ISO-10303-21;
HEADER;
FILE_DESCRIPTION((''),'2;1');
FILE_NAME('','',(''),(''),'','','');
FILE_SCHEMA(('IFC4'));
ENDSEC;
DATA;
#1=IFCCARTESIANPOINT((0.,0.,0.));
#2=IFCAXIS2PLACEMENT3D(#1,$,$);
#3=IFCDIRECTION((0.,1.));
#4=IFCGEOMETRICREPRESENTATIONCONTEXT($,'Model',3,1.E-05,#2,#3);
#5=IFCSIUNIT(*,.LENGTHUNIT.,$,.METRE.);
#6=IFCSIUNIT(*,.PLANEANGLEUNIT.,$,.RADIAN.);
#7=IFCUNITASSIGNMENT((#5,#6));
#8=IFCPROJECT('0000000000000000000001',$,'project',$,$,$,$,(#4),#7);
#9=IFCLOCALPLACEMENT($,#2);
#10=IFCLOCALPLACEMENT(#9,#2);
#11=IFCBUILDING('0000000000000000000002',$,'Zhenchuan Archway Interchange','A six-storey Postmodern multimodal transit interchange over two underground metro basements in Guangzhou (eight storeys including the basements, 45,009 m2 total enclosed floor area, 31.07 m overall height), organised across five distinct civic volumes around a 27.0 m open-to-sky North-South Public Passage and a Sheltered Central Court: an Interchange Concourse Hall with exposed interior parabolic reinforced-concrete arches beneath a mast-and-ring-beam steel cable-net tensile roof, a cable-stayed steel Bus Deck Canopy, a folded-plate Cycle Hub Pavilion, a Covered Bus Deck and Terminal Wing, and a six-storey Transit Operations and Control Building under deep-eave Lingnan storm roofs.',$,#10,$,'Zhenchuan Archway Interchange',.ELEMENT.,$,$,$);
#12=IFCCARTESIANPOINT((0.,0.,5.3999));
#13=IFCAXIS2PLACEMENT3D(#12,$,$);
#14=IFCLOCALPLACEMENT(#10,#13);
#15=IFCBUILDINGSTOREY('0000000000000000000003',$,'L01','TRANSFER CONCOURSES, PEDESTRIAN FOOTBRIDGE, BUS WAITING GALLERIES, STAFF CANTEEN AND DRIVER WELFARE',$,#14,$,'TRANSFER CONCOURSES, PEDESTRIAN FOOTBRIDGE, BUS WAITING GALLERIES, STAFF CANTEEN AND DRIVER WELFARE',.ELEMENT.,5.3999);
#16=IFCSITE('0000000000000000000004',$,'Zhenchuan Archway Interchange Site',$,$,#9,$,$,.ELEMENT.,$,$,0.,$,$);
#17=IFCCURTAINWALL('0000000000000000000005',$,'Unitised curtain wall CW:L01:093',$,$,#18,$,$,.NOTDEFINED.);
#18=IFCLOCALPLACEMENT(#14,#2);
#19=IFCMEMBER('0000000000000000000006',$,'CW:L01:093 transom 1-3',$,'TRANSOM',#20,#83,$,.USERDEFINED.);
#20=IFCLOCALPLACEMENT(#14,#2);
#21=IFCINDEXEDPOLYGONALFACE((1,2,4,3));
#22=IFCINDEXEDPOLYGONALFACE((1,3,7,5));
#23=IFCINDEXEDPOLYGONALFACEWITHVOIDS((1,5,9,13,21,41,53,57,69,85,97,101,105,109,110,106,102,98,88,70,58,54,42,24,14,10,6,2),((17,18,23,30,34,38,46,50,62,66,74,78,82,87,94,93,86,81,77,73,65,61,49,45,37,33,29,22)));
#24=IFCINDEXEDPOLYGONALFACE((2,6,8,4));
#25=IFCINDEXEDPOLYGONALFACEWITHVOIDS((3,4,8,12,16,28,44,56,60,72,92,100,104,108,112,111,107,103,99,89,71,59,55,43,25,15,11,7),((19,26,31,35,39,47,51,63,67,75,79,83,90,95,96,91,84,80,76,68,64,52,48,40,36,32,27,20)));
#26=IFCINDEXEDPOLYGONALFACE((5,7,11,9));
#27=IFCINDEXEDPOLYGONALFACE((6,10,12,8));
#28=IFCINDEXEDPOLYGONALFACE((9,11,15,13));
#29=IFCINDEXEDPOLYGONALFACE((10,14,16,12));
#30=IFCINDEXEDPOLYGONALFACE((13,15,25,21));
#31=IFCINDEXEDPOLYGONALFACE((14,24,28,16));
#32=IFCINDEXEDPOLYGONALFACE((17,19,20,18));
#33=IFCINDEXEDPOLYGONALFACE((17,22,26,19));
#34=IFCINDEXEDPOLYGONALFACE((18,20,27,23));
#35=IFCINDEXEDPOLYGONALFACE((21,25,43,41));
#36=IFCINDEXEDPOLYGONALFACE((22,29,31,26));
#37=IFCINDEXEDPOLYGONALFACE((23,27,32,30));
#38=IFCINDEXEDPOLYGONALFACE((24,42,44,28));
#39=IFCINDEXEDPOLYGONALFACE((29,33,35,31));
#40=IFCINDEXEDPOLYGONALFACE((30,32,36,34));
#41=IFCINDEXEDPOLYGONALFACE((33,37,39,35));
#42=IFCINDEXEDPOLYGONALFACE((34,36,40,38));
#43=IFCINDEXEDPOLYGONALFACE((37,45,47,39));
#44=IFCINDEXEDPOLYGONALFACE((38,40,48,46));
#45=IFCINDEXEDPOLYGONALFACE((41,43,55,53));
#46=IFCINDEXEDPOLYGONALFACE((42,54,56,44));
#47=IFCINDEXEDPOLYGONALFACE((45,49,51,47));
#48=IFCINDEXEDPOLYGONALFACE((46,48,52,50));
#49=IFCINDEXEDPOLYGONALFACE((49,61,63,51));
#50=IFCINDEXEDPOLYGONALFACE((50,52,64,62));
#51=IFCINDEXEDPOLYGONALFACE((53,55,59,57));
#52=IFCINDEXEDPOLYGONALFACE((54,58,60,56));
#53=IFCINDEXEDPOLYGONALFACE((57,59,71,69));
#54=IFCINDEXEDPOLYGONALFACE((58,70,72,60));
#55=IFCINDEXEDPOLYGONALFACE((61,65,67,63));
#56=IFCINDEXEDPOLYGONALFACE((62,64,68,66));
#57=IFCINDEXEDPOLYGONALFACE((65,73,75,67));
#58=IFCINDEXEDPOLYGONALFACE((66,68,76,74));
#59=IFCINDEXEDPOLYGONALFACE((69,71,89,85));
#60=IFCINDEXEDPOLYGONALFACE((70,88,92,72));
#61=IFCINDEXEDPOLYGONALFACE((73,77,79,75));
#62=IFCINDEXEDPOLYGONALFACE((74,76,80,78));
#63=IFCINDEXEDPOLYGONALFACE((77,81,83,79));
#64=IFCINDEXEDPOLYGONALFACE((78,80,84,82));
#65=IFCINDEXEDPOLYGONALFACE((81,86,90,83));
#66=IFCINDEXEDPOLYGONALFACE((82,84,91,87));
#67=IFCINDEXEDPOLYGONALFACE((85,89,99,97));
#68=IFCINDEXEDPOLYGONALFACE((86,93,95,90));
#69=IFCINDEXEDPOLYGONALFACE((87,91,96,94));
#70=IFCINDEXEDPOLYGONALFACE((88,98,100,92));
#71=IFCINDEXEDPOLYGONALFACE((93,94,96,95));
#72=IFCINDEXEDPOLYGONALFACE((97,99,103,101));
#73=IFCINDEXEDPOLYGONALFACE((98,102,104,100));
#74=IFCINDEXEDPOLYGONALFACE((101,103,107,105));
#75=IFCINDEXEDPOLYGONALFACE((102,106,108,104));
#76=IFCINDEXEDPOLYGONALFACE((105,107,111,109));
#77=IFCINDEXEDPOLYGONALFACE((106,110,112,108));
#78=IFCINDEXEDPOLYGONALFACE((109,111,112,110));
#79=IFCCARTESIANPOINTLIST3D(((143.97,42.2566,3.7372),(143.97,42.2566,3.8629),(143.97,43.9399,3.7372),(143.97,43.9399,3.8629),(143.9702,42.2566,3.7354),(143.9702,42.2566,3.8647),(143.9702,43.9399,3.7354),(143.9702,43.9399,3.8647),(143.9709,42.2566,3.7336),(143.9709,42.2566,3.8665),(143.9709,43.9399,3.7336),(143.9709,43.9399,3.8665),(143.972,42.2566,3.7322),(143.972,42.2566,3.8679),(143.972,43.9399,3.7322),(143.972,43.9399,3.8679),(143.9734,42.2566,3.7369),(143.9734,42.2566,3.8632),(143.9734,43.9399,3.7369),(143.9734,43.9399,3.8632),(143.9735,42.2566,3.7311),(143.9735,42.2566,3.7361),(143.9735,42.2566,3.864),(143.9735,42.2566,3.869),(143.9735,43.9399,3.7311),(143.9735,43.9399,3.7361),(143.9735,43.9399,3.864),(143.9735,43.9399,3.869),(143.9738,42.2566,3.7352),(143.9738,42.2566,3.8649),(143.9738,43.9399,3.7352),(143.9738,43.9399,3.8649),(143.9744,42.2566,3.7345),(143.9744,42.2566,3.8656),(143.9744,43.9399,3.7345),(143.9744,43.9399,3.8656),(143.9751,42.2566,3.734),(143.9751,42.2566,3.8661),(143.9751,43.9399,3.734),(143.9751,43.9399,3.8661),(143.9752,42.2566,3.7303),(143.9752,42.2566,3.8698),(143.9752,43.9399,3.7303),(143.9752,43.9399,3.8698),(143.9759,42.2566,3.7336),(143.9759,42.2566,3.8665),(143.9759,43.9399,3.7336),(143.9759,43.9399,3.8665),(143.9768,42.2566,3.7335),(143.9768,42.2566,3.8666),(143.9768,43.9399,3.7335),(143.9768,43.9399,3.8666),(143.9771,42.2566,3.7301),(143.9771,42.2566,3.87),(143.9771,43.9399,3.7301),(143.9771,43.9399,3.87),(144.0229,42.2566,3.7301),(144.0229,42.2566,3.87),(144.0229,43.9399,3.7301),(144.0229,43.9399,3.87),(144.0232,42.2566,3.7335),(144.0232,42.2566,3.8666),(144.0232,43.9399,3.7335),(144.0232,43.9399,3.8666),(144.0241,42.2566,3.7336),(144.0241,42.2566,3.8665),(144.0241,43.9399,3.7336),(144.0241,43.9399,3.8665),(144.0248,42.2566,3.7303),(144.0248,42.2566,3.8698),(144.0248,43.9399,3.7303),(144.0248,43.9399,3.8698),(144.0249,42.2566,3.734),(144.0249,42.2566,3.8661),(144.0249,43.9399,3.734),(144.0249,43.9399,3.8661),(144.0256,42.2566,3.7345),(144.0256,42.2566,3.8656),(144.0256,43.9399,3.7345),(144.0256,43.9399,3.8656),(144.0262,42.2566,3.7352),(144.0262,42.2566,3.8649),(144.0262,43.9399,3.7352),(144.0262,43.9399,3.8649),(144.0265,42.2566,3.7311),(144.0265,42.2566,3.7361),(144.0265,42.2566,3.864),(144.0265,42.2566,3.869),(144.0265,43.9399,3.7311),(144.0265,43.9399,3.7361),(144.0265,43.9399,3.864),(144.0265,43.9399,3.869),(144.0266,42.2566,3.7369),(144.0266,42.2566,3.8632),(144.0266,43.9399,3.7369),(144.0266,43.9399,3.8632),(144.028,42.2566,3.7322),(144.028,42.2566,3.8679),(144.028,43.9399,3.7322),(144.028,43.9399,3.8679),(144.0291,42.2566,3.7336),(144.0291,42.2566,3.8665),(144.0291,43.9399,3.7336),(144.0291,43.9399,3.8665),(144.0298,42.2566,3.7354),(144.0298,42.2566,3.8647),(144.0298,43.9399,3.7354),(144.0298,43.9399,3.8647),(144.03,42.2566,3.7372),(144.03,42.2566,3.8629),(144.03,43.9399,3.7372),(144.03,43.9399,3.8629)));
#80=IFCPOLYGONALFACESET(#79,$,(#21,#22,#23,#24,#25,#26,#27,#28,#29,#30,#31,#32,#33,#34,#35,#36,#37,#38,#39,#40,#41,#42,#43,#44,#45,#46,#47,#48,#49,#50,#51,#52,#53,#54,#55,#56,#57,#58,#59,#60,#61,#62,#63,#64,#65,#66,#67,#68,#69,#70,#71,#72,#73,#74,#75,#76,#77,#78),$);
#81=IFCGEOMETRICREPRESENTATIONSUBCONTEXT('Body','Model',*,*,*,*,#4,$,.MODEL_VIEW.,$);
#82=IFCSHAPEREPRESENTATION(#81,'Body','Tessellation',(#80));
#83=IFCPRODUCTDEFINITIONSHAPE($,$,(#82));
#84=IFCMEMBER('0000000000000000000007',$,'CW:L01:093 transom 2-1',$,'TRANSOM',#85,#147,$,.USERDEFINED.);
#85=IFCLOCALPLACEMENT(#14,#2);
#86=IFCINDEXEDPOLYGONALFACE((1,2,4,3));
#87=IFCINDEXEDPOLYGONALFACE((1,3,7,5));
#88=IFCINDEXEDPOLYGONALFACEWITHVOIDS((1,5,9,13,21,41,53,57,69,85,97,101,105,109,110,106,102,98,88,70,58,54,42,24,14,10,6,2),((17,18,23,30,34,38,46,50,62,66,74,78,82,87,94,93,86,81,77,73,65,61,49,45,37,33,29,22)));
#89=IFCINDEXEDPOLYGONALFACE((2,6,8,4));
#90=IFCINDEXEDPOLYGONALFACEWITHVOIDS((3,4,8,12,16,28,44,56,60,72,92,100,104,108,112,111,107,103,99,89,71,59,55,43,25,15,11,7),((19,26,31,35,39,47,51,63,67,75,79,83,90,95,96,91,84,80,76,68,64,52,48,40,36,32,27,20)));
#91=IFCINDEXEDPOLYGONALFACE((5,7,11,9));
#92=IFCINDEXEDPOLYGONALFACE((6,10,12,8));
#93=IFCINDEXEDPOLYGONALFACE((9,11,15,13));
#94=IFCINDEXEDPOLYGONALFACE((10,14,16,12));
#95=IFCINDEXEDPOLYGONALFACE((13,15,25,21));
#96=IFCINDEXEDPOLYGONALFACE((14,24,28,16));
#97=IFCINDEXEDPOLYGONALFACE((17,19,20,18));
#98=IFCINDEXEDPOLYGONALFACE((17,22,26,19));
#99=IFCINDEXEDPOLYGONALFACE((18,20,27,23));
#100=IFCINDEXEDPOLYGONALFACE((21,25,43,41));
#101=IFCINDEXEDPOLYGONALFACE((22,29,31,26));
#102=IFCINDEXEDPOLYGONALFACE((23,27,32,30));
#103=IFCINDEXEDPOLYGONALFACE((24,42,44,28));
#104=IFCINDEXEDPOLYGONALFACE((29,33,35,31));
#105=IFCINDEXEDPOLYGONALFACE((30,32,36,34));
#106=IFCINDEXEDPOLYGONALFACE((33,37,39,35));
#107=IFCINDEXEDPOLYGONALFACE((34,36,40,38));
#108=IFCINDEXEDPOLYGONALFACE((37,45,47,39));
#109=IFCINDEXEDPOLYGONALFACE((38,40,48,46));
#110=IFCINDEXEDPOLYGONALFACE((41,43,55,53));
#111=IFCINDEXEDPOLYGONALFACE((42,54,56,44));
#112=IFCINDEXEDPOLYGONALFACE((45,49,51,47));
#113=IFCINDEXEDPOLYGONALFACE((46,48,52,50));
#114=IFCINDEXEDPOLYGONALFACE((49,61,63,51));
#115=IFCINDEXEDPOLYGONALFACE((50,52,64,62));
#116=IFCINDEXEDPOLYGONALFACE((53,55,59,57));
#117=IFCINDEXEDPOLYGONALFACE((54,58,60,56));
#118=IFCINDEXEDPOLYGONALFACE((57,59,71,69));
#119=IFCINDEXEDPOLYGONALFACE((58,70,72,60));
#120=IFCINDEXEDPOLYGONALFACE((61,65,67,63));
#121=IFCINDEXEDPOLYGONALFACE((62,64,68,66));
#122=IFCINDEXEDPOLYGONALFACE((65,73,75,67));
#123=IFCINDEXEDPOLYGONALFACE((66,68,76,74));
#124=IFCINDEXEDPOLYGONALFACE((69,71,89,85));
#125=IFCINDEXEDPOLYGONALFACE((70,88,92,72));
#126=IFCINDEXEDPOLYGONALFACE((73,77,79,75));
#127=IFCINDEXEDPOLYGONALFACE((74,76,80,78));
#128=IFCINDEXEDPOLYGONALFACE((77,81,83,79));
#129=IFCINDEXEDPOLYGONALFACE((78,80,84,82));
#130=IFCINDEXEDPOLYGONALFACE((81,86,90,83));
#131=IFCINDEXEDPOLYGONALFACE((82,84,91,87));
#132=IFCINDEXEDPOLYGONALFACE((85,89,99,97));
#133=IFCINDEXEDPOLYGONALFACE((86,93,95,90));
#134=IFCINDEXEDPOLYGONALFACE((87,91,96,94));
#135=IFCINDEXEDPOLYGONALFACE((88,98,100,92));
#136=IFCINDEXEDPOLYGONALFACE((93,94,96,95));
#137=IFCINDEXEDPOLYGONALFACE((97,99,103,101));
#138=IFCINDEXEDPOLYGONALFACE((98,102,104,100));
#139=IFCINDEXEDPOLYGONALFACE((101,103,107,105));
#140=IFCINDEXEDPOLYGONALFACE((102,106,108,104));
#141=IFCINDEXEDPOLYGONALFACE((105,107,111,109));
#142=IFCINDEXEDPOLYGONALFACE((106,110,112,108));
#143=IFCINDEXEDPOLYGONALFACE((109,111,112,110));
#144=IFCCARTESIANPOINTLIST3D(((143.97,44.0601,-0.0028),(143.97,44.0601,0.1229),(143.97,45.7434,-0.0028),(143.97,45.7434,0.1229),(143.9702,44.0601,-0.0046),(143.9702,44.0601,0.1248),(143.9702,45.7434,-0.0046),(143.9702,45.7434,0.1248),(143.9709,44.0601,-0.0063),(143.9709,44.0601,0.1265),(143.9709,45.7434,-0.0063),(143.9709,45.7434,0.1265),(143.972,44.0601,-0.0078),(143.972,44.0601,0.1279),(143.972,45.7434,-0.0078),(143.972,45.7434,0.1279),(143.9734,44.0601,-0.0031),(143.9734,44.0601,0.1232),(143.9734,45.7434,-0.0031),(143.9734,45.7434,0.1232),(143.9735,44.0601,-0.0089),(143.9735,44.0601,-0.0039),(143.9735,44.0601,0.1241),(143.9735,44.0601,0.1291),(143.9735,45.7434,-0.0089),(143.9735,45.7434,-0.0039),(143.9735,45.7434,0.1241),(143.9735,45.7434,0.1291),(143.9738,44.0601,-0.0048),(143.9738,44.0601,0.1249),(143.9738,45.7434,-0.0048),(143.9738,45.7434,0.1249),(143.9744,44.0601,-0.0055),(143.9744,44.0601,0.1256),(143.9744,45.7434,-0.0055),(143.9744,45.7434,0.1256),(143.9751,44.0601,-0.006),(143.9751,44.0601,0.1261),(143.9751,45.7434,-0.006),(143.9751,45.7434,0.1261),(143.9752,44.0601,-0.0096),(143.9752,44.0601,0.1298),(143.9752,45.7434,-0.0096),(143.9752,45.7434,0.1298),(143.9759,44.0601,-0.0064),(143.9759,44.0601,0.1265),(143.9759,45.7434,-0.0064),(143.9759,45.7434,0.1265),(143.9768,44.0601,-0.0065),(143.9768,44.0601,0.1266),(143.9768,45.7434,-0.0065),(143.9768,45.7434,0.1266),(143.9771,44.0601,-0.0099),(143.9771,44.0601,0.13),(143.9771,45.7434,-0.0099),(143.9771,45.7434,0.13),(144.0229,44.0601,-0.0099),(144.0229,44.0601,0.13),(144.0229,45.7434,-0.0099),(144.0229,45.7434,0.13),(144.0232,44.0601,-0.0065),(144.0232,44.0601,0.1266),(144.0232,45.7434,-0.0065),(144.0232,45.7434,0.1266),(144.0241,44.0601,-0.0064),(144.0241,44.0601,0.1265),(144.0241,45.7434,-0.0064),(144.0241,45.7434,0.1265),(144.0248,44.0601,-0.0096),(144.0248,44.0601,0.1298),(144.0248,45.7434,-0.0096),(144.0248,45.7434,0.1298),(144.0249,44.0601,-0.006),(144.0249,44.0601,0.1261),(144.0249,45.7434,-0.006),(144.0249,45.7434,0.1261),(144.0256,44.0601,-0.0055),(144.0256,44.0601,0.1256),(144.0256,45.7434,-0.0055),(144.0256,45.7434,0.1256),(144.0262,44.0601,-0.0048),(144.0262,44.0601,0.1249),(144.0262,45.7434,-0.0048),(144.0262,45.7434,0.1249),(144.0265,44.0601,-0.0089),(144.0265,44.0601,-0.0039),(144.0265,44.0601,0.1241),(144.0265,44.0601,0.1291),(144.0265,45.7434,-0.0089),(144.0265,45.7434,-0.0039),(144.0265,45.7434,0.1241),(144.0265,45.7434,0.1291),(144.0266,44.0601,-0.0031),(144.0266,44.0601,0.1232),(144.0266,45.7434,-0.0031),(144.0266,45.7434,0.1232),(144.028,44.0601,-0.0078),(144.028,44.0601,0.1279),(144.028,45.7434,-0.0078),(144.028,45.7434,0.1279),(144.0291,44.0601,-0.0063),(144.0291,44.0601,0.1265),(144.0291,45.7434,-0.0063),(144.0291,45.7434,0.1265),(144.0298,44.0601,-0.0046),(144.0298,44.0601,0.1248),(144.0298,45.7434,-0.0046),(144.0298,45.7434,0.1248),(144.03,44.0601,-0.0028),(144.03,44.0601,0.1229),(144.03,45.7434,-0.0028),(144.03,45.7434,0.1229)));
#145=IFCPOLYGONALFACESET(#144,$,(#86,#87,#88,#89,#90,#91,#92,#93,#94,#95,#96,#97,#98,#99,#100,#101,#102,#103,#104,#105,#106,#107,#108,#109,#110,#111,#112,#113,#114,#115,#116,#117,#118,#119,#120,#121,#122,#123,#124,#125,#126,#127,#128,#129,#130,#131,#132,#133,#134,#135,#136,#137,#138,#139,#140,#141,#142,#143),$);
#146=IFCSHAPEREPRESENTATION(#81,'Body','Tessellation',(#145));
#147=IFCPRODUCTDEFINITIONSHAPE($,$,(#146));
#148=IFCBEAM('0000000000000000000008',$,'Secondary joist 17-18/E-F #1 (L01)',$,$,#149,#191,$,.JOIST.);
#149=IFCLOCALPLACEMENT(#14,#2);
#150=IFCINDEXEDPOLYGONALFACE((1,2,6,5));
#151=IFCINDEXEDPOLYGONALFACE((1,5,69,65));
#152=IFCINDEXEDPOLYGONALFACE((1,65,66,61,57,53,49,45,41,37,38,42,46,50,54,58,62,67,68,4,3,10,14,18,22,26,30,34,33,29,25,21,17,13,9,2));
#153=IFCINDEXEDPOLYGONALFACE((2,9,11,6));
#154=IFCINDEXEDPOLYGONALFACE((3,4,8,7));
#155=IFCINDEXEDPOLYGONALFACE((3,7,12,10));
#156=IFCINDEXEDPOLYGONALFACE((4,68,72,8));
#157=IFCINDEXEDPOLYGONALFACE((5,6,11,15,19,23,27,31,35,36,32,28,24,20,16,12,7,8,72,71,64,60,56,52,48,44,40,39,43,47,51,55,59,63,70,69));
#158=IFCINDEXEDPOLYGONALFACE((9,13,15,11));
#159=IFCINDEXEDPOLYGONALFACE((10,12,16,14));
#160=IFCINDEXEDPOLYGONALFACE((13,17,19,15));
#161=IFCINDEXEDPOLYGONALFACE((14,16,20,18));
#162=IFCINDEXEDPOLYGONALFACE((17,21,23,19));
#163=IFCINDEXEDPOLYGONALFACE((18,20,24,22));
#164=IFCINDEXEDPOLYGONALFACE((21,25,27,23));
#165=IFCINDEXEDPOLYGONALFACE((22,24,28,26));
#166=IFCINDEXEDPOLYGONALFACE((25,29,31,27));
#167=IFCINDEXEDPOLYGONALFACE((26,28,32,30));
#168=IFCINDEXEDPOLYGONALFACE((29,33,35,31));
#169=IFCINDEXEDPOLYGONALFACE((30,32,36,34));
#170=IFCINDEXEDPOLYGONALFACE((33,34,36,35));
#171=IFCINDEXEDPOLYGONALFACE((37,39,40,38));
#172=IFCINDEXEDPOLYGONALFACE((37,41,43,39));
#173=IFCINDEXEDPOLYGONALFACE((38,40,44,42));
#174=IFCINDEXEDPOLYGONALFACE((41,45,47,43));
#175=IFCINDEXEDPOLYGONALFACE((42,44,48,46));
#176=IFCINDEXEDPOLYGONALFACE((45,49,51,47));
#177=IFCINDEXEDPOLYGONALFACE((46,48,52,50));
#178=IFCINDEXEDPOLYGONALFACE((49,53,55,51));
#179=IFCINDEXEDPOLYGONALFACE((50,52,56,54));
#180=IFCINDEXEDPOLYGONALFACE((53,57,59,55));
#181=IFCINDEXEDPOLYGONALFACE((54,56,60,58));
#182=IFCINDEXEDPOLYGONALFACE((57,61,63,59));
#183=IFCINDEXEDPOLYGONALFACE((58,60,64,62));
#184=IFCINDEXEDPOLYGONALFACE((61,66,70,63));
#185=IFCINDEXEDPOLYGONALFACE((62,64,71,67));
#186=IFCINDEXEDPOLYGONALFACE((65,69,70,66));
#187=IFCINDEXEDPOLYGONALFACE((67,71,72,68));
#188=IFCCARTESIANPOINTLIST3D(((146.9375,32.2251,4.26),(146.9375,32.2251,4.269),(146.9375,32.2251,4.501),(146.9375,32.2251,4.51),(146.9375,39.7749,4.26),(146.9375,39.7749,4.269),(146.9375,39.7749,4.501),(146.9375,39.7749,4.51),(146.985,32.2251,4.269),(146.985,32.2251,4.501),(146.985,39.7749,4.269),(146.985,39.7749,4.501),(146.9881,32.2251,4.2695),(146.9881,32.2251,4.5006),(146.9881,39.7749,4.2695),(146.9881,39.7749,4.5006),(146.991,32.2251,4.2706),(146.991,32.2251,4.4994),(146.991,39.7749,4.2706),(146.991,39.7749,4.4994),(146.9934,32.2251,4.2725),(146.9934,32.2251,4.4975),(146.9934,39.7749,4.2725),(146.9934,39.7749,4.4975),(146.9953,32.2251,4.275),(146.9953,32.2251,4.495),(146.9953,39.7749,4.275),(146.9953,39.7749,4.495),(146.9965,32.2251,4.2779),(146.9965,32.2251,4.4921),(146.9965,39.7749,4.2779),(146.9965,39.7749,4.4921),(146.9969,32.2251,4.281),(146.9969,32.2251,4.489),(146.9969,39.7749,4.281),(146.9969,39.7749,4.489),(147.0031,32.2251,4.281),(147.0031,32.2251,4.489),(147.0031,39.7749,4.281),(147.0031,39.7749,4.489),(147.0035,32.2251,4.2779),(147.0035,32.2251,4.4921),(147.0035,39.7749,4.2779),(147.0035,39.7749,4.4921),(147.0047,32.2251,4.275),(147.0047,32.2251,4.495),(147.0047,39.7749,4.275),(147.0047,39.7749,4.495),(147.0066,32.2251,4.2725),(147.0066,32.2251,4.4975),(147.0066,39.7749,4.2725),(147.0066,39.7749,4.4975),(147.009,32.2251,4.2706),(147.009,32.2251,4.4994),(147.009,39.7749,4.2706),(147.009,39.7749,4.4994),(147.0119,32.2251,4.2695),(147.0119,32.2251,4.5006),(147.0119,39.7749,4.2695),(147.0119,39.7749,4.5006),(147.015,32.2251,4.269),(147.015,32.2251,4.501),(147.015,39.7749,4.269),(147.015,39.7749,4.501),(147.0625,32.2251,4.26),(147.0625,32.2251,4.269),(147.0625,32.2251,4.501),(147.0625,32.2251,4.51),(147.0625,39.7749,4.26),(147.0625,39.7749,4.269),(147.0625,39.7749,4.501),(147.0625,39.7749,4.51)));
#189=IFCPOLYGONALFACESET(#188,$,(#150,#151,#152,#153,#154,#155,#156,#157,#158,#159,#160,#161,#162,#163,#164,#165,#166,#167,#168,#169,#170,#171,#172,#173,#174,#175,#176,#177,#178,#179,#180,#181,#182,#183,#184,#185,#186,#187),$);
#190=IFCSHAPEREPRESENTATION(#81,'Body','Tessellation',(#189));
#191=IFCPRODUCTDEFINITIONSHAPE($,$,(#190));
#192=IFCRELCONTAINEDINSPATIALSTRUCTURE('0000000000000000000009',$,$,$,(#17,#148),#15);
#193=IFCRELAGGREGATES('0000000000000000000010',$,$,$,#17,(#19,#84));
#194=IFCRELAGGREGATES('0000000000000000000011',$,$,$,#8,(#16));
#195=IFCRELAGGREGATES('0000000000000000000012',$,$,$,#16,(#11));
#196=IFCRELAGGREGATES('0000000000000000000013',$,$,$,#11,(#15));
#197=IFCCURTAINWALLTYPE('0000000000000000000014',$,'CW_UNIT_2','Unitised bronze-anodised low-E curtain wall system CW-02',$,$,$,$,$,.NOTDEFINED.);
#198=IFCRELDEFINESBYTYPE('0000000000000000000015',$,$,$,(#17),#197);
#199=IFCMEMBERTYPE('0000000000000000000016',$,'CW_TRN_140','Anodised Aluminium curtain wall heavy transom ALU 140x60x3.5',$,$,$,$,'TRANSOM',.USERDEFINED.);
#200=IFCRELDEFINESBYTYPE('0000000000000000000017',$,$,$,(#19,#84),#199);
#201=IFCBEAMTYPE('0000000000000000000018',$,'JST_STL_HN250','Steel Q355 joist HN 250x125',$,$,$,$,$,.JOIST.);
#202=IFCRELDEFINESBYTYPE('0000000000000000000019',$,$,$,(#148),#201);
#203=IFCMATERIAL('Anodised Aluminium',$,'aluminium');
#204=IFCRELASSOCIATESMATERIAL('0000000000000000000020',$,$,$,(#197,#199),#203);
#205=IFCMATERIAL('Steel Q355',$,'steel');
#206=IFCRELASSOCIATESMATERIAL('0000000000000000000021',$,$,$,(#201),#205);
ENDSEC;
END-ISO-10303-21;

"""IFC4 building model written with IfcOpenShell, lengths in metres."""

from ifc_helpers import new_model, si_unit, direction, frame, origin, origin_2d, place, context, subcontext, project, spatial, hollow_rectangle, i_section, extrude, material, material_profile, profile_set, type_object, element, aggregate, save


model = new_model("IFC4")

# Units and contexts
model_context = context("Model", 3, precision=1e-05, world=origin(), true_north=direction((0.0, 1.0)))
body_context = subcontext(model_context, "Body", "Model", "MODEL_VIEW")
ifc_project = project(units=[si_unit("LENGTHUNIT", "METRE"), si_unit("PLANEANGLEUNIT", "RADIAN")], contexts=[model_context])

# Site, building, storey
site_placement = place(None, origin())
site = spatial("IfcSite", under=ifc_project, at=site_placement, Name="Zhenchuan Archway Interchange Site", CompositionType="ELEMENT", RefElevation=0.0)
building_placement = place(site_placement, origin())
building = spatial("IfcBuilding", under=site, at=building_placement, Name="Zhenchuan Archway Interchange", Description="A six-storey Postmodern multimodal transit interchange over two underground metro basements in Guangzhou (eight storeys including the basements, 45,009 m2 total enclosed floor area, 31.07 m overall height), organised across five distinct civic volumes around a 27.0 m open-to-sky North-South Public Passage and a Sheltered Central Court: an Interchange Concourse Hall with exposed interior parabolic reinforced-concrete arches beneath a mast-and-ring-beam steel cable-net tensile roof, a cable-stayed steel Bus Deck Canopy, a folded-plate Cycle Hub Pavilion, a Covered Bus Deck and Terminal Wing, and a six-storey Transit Operations and Control Building under deep-eave Lingnan storm roofs.", LongName="Zhenchuan Archway Interchange", CompositionType="ELEMENT")
storey_placement = place(building_placement, frame((0.0, 0.0, 5.3999)))
storey = spatial("IfcBuildingStorey", under=building, at=storey_placement, Name="L01", Description="TRANSFER CONCOURSES, PEDESTRIAN FOOTBRIDGE, BUS WAITING GALLERIES, STAFF CANTEEN AND DRIVER WELFARE", LongName="TRANSFER CONCOURSES, PEDESTRIAN FOOTBRIDGE, BUS WAITING GALLERIES, STAFF CANTEEN AND DRIVER WELFARE", CompositionType="ELEMENT", Elevation=5.3999)

# Curtain wall, members
ifc_material_1 = material(Name="Anodised Aluminium", Category="aluminium")
curtain_wall_type = type_object("IfcCurtainWallType", Name="CW_UNIT_2", Description="Unitised bronze-anodised low-E curtain wall system CW-02", PredefinedType="NOTDEFINED", material=ifc_material_1)
curtain_wall_placement = place(storey_placement, origin())
curtain_wall = element("IfcCurtainWall", 1, at=curtain_wall_placement, inside=storey, type_object=curtain_wall_type, Name="Unitised curtain wall CW:L01:093", PredefinedType="NOTDEFINED")
ifc_material_profile_1 = material_profile(ifc_material_1, hollow_rectangle(XDim=0.0601, YDim=0.1399, WallThickness=0.0034, InnerFilletRadius=0.0034, OuterFilletRadius=0.0071, at=origin_2d()), Name="ALU 140x60x3.5")
ifc_profile_set_1 = profile_set([ifc_material_profile_1], Name="Anodised Aluminium")
member_type_1 = type_object("IfcMemberType", Name="CW_TRN_140", Description="Anodised Aluminium curtain wall heavy transom ALU 140x60x3.5", ElementType="TRANSOM", PredefinedType="USERDEFINED", material=ifc_profile_set_1)
member_1_placement = place(storey_placement, frame((144.0, 42.2566, 3.8), z_axis=(0.0, 1.0, 0.0), x_axis=(-1.0, 0.0, 0.0)))
member_1 = element("IfcMember", 2, at=member_1_placement, type_object=member_type_1, Name="CW:L01:093 transom 1-3", ObjectType="TRANSOM", PredefinedType="USERDEFINED", context=body_context, shape_type="SweptSolid", body=[
    extrude(hollow_rectangle(XDim=0.0601, YDim=0.1399, WallThickness=0.0034, InnerFilletRadius=0.0034, OuterFilletRadius=0.0071, at=origin_2d()), origin(), (0.0, 0.0, 1.0), 1.6833),
])
member_2_placement = place(storey_placement, frame((144.0, 44.0601, 0.0601), z_axis=(0.0, 1.0, 0.0), x_axis=(-1.0, 0.0, 0.0)))
member_2 = element("IfcMember", 3, at=member_2_placement, type_object=member_type_1, Name="CW:L01:093 transom 2-1", ObjectType="TRANSOM", PredefinedType="USERDEFINED", context=body_context, shape_type="SweptSolid", body=[
    extrude(hollow_rectangle(XDim=0.0601, YDim=0.1399, WallThickness=0.0034, InnerFilletRadius=0.0034, OuterFilletRadius=0.0071, at=origin_2d()), origin(), (0.0, 0.0, 1.0), 1.6833),
])

# Beam
ifc_material_2 = material(Name="Steel Q355", Category="steel")
ifc_material_profile_2 = material_profile(ifc_material_2, i_section(OverallWidth=0.125, OverallDepth=0.25, WebThickness=0.0061, FlangeThickness=0.009, FilletRadius=0.012, at=origin_2d()), Name="HN 250x125")
ifc_profile_set_2 = profile_set([ifc_material_profile_2], Name="Steel Q355")
beam_type_1 = type_object("IfcBeamType", Name="JST_STL_HN250", Description="Steel Q355 joist HN 250x125", PredefinedType="JOIST", material=ifc_profile_set_2)
for number, where, z_axis, x_axis, name in (
    (4, (147.0, 32.2251, 4.385), (0.0, 1.0, 0.0), (-1.0, 0.0, 0.0), "Secondary joist 17-18/E-F #1 (L01)"),
):
    element("IfcBeam", number, at=place(storey_placement, frame(where, z_axis=z_axis, x_axis=x_axis)), inside=storey, type_object=beam_type_1, Name=name, PredefinedType="JOIST", context=body_context, shape_type="SweptSolid", body=[
        extrude(i_section(OverallWidth=0.125, OverallDepth=0.25, WebThickness=0.0061, FlangeThickness=0.009, FilletRadius=0.012, at=origin_2d()), origin(), (0.0, 0.0, 1.0), 7.5498),
    ])

aggregate(curtain_wall, [member_1, member_2])

save(model, "model.ifc")
